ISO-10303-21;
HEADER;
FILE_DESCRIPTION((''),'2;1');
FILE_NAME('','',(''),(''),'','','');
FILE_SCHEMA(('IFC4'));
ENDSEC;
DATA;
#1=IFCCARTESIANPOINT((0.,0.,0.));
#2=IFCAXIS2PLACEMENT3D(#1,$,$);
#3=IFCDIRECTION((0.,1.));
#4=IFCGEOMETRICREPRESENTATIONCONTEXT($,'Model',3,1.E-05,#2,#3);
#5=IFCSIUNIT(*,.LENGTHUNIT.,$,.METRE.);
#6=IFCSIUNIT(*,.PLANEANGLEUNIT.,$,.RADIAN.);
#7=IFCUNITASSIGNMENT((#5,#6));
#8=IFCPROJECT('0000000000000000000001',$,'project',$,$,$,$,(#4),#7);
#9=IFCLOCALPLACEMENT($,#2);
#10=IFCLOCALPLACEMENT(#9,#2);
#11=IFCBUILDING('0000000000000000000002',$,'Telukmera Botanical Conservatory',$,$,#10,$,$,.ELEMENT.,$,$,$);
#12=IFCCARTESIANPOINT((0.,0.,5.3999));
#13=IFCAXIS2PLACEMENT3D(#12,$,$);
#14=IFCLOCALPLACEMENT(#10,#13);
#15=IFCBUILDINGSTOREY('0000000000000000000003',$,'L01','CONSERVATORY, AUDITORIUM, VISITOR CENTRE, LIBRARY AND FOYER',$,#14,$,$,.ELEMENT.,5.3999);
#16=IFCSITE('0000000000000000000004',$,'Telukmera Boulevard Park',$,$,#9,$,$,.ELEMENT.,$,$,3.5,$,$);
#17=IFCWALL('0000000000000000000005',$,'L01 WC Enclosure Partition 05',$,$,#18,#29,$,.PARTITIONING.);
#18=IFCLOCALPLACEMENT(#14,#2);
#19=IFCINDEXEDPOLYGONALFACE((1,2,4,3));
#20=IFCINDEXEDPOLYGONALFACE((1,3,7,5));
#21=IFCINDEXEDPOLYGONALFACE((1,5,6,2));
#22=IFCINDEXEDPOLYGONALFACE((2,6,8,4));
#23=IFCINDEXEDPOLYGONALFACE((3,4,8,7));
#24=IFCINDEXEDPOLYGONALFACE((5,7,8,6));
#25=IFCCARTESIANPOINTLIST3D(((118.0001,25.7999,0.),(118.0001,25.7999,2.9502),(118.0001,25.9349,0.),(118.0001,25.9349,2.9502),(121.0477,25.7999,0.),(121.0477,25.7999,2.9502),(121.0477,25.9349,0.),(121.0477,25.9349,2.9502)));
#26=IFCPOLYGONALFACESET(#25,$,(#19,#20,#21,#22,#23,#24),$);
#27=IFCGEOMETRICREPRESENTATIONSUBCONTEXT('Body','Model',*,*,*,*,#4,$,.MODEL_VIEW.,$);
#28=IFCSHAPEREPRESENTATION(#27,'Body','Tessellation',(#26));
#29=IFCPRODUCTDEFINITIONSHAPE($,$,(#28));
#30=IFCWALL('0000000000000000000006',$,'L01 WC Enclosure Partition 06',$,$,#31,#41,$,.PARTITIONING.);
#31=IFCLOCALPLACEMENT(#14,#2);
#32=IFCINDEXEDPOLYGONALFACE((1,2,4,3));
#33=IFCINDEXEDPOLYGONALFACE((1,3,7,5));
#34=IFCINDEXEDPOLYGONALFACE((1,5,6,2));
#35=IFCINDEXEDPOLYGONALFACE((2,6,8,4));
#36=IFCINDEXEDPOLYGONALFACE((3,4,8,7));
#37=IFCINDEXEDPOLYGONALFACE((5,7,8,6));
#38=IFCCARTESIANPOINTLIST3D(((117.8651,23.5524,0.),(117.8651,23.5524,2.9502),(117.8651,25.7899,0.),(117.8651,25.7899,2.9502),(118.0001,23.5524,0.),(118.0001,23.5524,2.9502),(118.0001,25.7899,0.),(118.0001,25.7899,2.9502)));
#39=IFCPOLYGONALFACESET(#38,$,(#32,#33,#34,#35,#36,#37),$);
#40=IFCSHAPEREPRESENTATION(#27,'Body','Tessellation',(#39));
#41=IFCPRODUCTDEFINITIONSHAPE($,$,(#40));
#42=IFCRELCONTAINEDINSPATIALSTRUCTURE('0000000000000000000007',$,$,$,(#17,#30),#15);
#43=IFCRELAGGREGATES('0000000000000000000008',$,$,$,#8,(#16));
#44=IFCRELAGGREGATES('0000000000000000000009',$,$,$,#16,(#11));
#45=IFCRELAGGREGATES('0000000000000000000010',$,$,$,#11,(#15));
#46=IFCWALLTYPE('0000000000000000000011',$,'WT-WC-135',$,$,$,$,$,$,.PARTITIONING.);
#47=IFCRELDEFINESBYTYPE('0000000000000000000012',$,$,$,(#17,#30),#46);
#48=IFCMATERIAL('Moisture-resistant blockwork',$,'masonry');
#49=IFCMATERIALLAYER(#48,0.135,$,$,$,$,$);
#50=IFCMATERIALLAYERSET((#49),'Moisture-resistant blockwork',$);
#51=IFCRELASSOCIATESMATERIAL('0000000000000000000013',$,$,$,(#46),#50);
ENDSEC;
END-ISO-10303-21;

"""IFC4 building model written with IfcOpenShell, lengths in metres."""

from ifc_helpers import new_model, si_unit, direction, frame, frame_2d, origin, place, context, subcontext, project, spatial, rectangle, extrude, material, layer, layer_set, type_object, element, save


model = new_model("IFC4")

# Units and contexts
model_context = context("Model", 3, precision=1e-05, world=origin(), true_north=direction((0.0, 1.0)))
body_context = subcontext(model_context, "Body", "Model", "MODEL_VIEW")
ifc_project = project(units=[si_unit("LENGTHUNIT", "METRE"), si_unit("PLANEANGLEUNIT", "RADIAN")], contexts=[model_context])

# Site, building, storey
site_placement = place(None, origin())
site = spatial("IfcSite", under=ifc_project, at=site_placement, Name="Telukmera Boulevard Park", CompositionType="ELEMENT", RefElevation=3.5)
building_placement = place(site_placement, origin())
building = spatial("IfcBuilding", under=site, at=building_placement, Name="Telukmera Botanical Conservatory", CompositionType="ELEMENT")
storey_placement = place(building_placement, frame((0.0, 0.0, 5.3999)))
storey = spatial("IfcBuildingStorey", under=building, at=storey_placement, Name="L01", Description="CONSERVATORY, AUDITORIUM, VISITOR CENTRE, LIBRARY AND FOYER", CompositionType="ELEMENT", Elevation=5.3999)

# Shared definitions
ifc_material_1 = material(Name="Moisture-resistant blockwork", Category="masonry")
ifc_layer_1 = layer(ifc_material_1, 0.135)
ifc_layer_set_1 = layer_set([ifc_layer_1], Name="Moisture-resistant blockwork")
wall_type_1 = type_object("IfcWallType", Name="WT-WC-135", PredefinedType="PARTITIONING", material=ifc_layer_set_1)

# Walls
wall_1_placement = place(storey_placement, frame((118.0, 25.8674, 0.0), z_axis=(0.0, 0.0, 1.0), x_axis=(1.0, 0.0, 0.0)))
element("IfcWall", 1, at=wall_1_placement, inside=storey, type_object=wall_type_1, Name="L01 WC Enclosure Partition 05", PredefinedType="PARTITIONING", context=body_context, shape_type="SweptSolid", body=[
    extrude(rectangle(XDim=3.0476, YDim=0.135, at=frame_2d((1.5239, 0.0))), origin(), (0.0, 0.0, 1.0), 2.9502),
])
wall_2_placement = place(storey_placement, frame((117.9326, 23.5525, 0.0), z_axis=(0.0, 0.0, 1.0), x_axis=(0.0, 1.0, 0.0)))
element("IfcWall", 2, at=wall_2_placement, inside=storey, type_object=wall_type_1, Name="L01 WC Enclosure Partition 06", PredefinedType="PARTITIONING", context=body_context, shape_type="SweptSolid", body=[
    extrude(rectangle(XDim=2.2375, YDim=0.135, at=frame_2d((1.1187, 0.0))), origin(), (0.0, 0.0, 1.0), 2.9502),
])

save(model, "model.ifc")
